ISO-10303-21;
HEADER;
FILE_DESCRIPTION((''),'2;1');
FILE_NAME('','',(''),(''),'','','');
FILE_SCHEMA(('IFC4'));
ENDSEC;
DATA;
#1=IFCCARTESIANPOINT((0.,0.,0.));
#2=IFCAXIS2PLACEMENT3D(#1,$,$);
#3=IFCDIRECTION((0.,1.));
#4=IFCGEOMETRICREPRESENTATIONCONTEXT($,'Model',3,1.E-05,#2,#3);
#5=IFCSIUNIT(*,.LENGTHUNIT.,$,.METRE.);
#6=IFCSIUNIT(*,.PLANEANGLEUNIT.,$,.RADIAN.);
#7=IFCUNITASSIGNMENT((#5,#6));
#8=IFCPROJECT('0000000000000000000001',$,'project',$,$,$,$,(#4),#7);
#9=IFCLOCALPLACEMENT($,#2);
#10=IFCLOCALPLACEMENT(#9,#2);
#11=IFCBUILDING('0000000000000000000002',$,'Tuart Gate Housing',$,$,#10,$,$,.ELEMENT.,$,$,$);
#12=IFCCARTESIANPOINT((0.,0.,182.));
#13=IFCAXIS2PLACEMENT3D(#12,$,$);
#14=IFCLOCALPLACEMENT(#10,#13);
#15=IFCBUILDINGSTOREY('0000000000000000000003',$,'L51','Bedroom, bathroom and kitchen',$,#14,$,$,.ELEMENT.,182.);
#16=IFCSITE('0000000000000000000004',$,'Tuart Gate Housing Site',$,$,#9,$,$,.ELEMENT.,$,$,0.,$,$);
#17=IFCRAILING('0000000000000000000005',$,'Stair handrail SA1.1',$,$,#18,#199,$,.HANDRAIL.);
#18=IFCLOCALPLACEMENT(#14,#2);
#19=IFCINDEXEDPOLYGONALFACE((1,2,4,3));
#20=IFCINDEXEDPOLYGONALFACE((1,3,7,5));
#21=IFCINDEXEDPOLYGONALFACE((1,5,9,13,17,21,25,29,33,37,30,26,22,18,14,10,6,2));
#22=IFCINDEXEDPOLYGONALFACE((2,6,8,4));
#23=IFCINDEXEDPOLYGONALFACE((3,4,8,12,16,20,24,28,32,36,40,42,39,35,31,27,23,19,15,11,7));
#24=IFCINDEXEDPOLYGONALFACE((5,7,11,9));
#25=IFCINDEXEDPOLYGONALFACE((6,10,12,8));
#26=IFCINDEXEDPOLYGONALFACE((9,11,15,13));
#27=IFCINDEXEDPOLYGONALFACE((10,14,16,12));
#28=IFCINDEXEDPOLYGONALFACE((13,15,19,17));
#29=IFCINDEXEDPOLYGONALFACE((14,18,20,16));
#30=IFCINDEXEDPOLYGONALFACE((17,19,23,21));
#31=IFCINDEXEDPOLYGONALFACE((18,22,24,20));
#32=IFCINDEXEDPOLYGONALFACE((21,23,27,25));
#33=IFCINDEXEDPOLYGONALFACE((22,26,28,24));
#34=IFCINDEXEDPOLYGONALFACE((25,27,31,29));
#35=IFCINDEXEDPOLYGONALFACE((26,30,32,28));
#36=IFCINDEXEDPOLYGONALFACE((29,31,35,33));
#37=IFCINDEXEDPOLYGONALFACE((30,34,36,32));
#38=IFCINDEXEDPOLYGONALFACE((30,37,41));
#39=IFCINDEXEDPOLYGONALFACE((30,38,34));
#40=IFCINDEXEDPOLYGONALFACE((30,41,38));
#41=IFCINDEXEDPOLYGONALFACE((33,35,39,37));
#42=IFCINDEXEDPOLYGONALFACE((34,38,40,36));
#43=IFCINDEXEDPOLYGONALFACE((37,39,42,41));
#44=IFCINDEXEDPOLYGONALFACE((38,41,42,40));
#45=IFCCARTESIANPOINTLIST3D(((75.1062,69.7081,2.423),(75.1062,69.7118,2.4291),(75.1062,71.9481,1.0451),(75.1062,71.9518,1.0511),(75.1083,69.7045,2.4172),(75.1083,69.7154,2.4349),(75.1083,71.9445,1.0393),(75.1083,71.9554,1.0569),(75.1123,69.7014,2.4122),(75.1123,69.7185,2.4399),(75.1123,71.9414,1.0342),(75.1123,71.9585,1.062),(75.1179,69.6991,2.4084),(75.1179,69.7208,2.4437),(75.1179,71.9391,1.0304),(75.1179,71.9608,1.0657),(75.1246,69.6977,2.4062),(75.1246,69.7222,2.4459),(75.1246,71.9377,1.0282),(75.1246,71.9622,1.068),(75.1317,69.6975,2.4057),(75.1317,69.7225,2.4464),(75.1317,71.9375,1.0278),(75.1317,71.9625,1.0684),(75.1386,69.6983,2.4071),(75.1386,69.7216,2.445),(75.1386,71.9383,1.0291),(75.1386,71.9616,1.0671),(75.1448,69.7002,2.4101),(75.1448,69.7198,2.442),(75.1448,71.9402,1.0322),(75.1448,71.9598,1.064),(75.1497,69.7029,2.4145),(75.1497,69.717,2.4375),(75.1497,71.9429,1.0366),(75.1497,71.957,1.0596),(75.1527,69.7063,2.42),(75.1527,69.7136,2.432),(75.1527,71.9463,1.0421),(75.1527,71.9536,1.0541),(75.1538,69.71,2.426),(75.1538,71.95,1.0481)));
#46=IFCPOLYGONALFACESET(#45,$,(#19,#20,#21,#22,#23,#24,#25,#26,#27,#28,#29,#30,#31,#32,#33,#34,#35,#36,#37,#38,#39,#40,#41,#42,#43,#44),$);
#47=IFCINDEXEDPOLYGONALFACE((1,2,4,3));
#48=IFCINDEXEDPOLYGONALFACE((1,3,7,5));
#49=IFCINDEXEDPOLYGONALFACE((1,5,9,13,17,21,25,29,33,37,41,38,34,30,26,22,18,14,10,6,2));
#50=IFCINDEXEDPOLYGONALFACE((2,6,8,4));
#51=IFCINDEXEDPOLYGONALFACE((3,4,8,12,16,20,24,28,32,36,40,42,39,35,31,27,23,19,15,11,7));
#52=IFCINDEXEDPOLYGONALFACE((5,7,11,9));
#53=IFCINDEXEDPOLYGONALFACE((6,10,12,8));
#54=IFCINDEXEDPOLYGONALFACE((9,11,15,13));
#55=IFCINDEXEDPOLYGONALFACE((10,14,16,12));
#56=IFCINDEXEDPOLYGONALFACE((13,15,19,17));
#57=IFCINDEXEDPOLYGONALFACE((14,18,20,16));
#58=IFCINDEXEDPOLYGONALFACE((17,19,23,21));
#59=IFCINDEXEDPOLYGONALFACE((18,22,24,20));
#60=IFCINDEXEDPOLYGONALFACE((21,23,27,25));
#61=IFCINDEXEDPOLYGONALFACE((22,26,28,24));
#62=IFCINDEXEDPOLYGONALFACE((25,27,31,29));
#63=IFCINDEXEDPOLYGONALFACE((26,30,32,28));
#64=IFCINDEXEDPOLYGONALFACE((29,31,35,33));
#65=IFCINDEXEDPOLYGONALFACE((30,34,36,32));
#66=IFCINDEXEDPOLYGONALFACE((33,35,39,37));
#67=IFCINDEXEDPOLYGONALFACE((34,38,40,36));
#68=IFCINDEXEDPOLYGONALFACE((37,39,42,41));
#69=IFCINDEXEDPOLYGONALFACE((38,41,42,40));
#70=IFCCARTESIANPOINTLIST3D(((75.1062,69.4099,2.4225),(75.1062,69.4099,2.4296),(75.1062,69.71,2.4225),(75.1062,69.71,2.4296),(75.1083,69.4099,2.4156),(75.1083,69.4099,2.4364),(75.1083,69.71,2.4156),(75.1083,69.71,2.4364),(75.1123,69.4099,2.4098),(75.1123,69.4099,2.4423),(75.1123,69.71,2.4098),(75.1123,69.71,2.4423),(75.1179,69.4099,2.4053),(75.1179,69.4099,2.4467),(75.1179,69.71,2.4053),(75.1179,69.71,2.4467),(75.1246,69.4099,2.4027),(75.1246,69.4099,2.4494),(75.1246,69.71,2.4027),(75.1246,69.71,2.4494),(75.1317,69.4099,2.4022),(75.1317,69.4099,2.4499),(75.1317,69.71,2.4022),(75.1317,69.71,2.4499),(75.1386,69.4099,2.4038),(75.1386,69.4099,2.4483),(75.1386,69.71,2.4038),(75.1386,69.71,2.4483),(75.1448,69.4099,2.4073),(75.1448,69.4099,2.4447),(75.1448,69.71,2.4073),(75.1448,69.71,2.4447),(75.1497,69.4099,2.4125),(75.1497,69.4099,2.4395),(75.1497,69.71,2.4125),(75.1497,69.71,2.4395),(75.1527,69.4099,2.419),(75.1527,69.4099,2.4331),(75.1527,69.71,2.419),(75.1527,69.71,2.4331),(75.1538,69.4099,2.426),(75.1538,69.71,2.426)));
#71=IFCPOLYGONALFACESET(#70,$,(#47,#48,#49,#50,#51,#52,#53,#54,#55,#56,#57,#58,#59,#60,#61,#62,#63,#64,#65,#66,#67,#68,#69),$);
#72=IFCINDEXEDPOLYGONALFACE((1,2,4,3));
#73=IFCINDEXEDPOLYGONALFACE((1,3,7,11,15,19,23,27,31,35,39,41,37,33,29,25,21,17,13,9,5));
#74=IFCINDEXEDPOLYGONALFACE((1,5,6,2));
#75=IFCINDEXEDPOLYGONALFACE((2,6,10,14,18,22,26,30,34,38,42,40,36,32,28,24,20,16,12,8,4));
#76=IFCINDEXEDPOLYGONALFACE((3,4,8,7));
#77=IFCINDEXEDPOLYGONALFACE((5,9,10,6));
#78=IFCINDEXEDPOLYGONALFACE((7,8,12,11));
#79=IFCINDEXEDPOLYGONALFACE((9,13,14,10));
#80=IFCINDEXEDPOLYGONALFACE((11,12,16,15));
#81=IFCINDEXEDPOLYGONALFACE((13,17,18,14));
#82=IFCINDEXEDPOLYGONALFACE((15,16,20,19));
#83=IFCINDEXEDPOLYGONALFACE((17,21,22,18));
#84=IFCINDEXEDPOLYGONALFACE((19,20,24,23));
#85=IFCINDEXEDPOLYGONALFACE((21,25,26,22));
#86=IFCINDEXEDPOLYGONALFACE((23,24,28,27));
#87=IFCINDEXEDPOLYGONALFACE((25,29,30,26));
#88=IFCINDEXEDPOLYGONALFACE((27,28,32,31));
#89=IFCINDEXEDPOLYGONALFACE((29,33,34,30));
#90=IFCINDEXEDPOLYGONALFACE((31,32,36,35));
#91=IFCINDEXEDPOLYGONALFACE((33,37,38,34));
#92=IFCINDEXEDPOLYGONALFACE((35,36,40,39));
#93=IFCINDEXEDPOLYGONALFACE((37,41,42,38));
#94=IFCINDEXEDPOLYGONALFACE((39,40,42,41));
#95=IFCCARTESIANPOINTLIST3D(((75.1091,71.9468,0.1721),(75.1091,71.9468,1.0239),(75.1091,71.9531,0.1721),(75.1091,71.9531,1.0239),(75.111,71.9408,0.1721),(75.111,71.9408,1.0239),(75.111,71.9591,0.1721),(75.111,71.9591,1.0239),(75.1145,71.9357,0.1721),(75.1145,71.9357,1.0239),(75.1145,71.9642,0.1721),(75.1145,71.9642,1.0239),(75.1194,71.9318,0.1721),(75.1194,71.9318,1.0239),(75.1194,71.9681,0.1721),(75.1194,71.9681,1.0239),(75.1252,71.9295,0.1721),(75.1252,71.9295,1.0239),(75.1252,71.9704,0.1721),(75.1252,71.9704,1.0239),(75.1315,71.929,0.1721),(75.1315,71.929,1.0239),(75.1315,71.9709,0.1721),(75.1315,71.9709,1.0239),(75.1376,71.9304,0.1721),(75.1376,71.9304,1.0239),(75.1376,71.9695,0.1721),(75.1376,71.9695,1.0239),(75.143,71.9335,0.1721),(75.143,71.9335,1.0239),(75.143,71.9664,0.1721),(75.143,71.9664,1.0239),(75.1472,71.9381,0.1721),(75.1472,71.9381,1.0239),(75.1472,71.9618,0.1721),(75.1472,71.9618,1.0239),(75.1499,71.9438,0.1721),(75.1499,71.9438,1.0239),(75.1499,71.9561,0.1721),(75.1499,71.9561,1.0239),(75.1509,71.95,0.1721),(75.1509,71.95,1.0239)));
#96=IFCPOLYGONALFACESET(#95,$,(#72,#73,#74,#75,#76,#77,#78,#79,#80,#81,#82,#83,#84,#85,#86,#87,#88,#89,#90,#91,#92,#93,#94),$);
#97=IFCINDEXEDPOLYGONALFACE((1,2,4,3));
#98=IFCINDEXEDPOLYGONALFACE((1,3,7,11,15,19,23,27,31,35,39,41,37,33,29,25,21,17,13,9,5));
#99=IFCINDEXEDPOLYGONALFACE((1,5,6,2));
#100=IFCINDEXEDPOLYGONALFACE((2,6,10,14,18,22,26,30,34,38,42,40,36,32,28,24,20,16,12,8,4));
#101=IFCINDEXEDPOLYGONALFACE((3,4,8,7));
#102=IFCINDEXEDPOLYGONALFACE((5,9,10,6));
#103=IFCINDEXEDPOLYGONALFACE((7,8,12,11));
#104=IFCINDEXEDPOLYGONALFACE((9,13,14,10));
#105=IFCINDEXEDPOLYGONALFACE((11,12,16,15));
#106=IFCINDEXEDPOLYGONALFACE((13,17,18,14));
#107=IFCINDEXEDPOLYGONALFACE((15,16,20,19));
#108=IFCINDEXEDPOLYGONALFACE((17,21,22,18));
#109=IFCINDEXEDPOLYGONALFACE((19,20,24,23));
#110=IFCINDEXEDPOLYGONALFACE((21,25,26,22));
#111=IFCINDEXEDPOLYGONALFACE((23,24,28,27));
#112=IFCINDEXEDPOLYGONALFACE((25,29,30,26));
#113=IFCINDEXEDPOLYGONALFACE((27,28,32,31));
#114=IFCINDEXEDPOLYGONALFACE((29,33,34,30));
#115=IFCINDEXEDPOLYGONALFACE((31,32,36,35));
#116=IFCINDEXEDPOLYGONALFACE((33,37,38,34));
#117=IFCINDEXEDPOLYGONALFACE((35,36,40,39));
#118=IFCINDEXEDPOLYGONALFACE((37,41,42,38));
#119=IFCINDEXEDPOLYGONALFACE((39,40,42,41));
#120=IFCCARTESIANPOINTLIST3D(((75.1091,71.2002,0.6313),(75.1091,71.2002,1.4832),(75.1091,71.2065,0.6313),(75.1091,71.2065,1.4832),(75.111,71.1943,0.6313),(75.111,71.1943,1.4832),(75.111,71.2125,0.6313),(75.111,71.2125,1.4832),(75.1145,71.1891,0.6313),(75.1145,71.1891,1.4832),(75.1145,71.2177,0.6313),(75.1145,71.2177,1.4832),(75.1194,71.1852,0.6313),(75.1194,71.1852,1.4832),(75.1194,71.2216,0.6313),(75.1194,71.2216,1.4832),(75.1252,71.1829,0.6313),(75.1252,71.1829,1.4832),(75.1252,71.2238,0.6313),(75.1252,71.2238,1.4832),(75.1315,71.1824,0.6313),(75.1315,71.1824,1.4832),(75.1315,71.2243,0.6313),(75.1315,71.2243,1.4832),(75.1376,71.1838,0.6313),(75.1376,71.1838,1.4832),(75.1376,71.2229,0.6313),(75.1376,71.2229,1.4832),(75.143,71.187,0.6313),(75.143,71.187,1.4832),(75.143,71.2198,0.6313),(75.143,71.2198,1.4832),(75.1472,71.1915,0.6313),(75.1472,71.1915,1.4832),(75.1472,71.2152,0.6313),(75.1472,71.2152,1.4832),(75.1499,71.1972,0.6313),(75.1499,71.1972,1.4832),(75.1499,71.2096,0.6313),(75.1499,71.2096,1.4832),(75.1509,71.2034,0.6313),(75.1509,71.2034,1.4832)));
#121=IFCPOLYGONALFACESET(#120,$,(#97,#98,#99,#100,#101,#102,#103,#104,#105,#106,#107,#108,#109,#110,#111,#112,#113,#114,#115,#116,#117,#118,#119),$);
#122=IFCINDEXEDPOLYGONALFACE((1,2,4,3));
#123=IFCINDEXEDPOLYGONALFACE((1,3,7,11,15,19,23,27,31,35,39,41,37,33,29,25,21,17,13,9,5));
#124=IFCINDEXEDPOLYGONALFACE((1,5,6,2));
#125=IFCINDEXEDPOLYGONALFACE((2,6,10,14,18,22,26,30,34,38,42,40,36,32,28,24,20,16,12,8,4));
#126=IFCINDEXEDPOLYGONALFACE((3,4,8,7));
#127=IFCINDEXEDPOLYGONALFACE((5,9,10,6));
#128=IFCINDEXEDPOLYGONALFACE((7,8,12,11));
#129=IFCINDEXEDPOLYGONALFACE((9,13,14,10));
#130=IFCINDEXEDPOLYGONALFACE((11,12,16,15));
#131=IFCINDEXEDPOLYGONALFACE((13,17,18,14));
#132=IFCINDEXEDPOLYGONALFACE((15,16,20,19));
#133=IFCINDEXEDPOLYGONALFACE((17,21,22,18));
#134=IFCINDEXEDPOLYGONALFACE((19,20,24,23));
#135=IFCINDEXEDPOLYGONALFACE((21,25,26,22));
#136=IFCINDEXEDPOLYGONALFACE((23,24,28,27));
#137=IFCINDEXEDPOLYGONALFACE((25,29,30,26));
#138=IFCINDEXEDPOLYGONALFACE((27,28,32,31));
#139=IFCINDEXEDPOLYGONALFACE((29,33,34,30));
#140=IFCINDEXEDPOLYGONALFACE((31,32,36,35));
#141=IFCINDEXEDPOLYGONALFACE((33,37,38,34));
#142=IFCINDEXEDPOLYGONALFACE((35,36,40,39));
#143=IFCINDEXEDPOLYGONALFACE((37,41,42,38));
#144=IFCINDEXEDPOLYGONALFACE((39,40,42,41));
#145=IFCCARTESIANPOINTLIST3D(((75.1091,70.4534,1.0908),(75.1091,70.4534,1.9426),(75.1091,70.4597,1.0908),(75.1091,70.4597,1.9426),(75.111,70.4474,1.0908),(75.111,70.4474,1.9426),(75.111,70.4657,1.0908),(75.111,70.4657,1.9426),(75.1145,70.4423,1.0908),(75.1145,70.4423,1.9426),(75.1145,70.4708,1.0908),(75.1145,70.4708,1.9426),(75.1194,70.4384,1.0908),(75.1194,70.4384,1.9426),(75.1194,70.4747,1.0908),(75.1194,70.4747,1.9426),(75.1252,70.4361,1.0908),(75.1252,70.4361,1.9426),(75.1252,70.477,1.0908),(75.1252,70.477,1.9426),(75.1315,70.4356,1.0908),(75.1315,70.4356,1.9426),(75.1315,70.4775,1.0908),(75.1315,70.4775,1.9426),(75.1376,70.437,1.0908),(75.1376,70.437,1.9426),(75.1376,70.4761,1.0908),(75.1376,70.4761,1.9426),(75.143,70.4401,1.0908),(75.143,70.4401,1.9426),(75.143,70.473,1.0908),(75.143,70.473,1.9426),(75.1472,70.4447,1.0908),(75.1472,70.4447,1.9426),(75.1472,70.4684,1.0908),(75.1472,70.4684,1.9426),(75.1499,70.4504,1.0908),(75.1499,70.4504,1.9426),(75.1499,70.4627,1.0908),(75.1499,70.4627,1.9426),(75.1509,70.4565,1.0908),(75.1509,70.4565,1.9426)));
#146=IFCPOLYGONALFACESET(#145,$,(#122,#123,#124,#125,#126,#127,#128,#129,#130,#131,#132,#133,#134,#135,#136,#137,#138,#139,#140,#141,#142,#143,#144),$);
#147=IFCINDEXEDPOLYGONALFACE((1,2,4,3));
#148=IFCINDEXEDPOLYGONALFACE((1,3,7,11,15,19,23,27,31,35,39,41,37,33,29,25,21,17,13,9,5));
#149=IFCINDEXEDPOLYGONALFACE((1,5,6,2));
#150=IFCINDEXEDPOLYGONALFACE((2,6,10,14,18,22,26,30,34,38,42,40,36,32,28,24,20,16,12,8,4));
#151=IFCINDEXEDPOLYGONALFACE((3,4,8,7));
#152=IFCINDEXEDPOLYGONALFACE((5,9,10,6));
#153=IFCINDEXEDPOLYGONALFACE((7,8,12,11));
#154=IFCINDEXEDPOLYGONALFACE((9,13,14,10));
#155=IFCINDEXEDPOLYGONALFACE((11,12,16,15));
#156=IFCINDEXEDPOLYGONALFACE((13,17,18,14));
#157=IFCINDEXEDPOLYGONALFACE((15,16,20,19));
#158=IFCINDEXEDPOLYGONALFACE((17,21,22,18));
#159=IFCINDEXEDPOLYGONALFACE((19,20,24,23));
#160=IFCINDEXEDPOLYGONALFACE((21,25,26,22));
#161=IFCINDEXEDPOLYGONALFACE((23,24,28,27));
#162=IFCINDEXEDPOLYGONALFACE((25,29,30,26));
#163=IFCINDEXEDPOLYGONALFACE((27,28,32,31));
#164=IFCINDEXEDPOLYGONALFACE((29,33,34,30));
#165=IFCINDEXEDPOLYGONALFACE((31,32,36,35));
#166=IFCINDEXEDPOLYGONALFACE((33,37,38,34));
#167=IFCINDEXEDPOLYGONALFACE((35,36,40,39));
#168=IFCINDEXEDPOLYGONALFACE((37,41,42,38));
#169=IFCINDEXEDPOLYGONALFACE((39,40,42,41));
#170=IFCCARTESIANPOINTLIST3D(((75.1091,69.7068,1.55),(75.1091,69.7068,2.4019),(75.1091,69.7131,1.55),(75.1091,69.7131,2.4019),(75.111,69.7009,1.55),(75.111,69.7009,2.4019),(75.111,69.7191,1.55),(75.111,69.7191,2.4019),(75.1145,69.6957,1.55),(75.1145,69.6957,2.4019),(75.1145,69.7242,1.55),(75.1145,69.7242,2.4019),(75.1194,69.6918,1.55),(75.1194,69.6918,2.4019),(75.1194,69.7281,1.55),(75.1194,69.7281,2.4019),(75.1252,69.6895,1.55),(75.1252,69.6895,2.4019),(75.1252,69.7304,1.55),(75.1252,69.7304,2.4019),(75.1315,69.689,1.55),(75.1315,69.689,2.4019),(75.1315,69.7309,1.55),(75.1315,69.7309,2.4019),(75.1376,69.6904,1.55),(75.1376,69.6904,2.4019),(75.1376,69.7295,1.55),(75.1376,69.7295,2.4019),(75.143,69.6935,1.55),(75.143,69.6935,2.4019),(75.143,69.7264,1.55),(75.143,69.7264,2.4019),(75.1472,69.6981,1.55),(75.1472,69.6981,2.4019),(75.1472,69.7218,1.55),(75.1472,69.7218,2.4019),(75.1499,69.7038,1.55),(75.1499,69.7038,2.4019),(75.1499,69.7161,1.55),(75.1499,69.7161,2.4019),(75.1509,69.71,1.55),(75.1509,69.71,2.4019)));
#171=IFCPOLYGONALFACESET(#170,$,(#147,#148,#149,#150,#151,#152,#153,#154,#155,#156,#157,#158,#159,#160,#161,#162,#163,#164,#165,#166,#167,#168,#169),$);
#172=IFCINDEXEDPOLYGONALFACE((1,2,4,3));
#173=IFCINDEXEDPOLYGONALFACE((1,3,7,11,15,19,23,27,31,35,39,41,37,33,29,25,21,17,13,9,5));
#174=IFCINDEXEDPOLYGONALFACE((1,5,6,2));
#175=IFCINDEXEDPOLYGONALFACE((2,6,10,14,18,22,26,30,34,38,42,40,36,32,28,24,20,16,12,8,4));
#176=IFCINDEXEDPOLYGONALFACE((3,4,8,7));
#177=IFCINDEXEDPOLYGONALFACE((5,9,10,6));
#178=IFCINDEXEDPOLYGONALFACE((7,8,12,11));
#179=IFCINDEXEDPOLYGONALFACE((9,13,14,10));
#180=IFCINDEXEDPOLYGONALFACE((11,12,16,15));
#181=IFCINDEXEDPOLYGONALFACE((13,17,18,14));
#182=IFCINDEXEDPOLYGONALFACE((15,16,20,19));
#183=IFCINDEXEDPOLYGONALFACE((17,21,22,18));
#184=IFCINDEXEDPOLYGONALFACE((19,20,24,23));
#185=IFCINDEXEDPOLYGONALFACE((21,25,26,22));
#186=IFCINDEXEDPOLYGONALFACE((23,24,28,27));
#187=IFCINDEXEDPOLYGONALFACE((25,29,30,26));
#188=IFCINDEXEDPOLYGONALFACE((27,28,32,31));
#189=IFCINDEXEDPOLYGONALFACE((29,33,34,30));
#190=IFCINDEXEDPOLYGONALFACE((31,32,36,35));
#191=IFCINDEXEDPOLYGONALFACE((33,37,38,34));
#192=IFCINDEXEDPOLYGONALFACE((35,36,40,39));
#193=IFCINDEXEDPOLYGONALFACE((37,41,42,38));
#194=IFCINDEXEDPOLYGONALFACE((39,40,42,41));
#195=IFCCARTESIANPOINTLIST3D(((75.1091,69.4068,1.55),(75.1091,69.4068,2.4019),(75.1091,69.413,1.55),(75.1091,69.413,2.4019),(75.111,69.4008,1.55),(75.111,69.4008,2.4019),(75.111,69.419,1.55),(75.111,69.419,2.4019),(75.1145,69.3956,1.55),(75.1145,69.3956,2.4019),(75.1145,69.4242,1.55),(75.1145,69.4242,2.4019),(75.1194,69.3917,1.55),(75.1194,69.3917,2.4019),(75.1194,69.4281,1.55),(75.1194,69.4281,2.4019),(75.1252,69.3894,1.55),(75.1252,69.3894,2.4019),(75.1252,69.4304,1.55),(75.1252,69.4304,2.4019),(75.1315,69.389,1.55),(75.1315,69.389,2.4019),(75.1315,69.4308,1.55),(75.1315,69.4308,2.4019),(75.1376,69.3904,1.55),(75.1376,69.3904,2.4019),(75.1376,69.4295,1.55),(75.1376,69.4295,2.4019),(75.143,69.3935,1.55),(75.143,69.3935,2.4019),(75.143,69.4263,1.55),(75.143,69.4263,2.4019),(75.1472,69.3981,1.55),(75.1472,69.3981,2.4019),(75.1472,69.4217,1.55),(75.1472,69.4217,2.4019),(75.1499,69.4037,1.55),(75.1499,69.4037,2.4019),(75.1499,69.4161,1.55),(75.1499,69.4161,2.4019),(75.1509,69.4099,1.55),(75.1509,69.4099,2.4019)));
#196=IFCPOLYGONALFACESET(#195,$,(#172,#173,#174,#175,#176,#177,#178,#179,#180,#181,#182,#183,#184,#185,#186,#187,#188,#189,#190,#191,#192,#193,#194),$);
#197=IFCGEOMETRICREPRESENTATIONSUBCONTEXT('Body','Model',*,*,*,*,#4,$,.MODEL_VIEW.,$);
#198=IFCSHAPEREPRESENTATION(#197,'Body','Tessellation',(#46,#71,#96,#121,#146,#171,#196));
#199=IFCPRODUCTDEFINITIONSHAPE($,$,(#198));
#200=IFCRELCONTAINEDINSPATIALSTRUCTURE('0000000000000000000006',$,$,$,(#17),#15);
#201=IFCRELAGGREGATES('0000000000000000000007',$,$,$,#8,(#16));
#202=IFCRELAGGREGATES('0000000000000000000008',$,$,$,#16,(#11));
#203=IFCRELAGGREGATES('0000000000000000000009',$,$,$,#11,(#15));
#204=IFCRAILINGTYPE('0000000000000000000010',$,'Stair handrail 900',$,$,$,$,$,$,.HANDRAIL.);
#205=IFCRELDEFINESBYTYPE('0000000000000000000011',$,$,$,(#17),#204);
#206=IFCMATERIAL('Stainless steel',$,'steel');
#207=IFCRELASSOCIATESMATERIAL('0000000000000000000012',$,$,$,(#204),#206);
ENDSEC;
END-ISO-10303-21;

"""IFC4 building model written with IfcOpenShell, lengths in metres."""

from ifc_helpers import new_model, si_unit, direction, frame, origin, origin_2d, place, context, subcontext, project, spatial, circle, extrude, material, type_object, element, save


model = new_model("IFC4")

# Units and contexts
model_context = context("Model", 3, precision=1e-05, world=origin(), true_north=direction((0.0, 1.0)))
body_context = subcontext(model_context, "Body", "Model", "MODEL_VIEW")
ifc_project = project(units=[si_unit("LENGTHUNIT", "METRE"), si_unit("PLANEANGLEUNIT", "RADIAN")], contexts=[model_context])

# Site, building, storey
site_placement = place(None, origin())
site = spatial("IfcSite", under=ifc_project, at=site_placement, Name="Tuart Gate Housing Site", CompositionType="ELEMENT", RefElevation=0.0)
building_placement = place(site_placement, origin())
building = spatial("IfcBuilding", under=site, at=building_placement, Name="Tuart Gate Housing", CompositionType="ELEMENT")
storey_placement = place(building_placement, frame((0.0, 0.0, 182.0)))
storey = spatial("IfcBuildingStorey", under=building, at=storey_placement, Name="L51", Description="Bedroom, bathroom and kitchen", CompositionType="ELEMENT", Elevation=182.0)

# Railing
ifc_material_1 = material(Name="Stainless steel", Category="steel")
railing_type = type_object("IfcRailingType", Name="Stair handrail 900", PredefinedType="HANDRAIL", material=ifc_material_1)
railing_placement = place(storey_placement, frame((75.1299, 71.95, 0.1721)))
element("IfcRailing", 1, at=railing_placement, inside=storey, type_object=railing_type, Name="Stair handrail SA1.1", PredefinedType="HANDRAIL", context=body_context, shape_type="SweptSolid", body=[
    extrude(circle(Radius=0.0239, at=origin_2d()), frame((0.0, 0.0, 0.876), z_axis=(0.0, -0.851748, 0.523952), x_axis=(1.0, 0.0, 0.0)), (0.0, 0.0, 1.0), 2.6299),
    extrude(circle(Radius=0.0239, at=origin_2d()), frame((0.0, -2.24, 2.2539), z_axis=(0.0, -1.0, 0.0), x_axis=(1.0, 0.0, 0.0)), (0.0, 0.0, 1.0), 0.3),
    extrude(circle(Radius=0.021, at=origin_2d()), origin(), (0.0, 0.0, 1.0), 0.8518),
    extrude(circle(Radius=0.021, at=origin_2d()), frame((0.0, -0.7466, 0.4592)), (0.0, 0.0, 1.0), 0.8518),
    extrude(circle(Radius=0.021, at=origin_2d()), frame((0.0, -1.4934, 0.9187)), (0.0, 0.0, 1.0), 0.8518),
    extrude(circle(Radius=0.021, at=origin_2d()), frame((0.0, -2.24, 1.3779)), (0.0, 0.0, 1.0), 0.8518),
    extrude(circle(Radius=0.021, at=origin_2d()), frame((0.0, -2.54, 1.3779)), (0.0, 0.0, 1.0), 0.8518),
])

save(model, "model.ifc")
